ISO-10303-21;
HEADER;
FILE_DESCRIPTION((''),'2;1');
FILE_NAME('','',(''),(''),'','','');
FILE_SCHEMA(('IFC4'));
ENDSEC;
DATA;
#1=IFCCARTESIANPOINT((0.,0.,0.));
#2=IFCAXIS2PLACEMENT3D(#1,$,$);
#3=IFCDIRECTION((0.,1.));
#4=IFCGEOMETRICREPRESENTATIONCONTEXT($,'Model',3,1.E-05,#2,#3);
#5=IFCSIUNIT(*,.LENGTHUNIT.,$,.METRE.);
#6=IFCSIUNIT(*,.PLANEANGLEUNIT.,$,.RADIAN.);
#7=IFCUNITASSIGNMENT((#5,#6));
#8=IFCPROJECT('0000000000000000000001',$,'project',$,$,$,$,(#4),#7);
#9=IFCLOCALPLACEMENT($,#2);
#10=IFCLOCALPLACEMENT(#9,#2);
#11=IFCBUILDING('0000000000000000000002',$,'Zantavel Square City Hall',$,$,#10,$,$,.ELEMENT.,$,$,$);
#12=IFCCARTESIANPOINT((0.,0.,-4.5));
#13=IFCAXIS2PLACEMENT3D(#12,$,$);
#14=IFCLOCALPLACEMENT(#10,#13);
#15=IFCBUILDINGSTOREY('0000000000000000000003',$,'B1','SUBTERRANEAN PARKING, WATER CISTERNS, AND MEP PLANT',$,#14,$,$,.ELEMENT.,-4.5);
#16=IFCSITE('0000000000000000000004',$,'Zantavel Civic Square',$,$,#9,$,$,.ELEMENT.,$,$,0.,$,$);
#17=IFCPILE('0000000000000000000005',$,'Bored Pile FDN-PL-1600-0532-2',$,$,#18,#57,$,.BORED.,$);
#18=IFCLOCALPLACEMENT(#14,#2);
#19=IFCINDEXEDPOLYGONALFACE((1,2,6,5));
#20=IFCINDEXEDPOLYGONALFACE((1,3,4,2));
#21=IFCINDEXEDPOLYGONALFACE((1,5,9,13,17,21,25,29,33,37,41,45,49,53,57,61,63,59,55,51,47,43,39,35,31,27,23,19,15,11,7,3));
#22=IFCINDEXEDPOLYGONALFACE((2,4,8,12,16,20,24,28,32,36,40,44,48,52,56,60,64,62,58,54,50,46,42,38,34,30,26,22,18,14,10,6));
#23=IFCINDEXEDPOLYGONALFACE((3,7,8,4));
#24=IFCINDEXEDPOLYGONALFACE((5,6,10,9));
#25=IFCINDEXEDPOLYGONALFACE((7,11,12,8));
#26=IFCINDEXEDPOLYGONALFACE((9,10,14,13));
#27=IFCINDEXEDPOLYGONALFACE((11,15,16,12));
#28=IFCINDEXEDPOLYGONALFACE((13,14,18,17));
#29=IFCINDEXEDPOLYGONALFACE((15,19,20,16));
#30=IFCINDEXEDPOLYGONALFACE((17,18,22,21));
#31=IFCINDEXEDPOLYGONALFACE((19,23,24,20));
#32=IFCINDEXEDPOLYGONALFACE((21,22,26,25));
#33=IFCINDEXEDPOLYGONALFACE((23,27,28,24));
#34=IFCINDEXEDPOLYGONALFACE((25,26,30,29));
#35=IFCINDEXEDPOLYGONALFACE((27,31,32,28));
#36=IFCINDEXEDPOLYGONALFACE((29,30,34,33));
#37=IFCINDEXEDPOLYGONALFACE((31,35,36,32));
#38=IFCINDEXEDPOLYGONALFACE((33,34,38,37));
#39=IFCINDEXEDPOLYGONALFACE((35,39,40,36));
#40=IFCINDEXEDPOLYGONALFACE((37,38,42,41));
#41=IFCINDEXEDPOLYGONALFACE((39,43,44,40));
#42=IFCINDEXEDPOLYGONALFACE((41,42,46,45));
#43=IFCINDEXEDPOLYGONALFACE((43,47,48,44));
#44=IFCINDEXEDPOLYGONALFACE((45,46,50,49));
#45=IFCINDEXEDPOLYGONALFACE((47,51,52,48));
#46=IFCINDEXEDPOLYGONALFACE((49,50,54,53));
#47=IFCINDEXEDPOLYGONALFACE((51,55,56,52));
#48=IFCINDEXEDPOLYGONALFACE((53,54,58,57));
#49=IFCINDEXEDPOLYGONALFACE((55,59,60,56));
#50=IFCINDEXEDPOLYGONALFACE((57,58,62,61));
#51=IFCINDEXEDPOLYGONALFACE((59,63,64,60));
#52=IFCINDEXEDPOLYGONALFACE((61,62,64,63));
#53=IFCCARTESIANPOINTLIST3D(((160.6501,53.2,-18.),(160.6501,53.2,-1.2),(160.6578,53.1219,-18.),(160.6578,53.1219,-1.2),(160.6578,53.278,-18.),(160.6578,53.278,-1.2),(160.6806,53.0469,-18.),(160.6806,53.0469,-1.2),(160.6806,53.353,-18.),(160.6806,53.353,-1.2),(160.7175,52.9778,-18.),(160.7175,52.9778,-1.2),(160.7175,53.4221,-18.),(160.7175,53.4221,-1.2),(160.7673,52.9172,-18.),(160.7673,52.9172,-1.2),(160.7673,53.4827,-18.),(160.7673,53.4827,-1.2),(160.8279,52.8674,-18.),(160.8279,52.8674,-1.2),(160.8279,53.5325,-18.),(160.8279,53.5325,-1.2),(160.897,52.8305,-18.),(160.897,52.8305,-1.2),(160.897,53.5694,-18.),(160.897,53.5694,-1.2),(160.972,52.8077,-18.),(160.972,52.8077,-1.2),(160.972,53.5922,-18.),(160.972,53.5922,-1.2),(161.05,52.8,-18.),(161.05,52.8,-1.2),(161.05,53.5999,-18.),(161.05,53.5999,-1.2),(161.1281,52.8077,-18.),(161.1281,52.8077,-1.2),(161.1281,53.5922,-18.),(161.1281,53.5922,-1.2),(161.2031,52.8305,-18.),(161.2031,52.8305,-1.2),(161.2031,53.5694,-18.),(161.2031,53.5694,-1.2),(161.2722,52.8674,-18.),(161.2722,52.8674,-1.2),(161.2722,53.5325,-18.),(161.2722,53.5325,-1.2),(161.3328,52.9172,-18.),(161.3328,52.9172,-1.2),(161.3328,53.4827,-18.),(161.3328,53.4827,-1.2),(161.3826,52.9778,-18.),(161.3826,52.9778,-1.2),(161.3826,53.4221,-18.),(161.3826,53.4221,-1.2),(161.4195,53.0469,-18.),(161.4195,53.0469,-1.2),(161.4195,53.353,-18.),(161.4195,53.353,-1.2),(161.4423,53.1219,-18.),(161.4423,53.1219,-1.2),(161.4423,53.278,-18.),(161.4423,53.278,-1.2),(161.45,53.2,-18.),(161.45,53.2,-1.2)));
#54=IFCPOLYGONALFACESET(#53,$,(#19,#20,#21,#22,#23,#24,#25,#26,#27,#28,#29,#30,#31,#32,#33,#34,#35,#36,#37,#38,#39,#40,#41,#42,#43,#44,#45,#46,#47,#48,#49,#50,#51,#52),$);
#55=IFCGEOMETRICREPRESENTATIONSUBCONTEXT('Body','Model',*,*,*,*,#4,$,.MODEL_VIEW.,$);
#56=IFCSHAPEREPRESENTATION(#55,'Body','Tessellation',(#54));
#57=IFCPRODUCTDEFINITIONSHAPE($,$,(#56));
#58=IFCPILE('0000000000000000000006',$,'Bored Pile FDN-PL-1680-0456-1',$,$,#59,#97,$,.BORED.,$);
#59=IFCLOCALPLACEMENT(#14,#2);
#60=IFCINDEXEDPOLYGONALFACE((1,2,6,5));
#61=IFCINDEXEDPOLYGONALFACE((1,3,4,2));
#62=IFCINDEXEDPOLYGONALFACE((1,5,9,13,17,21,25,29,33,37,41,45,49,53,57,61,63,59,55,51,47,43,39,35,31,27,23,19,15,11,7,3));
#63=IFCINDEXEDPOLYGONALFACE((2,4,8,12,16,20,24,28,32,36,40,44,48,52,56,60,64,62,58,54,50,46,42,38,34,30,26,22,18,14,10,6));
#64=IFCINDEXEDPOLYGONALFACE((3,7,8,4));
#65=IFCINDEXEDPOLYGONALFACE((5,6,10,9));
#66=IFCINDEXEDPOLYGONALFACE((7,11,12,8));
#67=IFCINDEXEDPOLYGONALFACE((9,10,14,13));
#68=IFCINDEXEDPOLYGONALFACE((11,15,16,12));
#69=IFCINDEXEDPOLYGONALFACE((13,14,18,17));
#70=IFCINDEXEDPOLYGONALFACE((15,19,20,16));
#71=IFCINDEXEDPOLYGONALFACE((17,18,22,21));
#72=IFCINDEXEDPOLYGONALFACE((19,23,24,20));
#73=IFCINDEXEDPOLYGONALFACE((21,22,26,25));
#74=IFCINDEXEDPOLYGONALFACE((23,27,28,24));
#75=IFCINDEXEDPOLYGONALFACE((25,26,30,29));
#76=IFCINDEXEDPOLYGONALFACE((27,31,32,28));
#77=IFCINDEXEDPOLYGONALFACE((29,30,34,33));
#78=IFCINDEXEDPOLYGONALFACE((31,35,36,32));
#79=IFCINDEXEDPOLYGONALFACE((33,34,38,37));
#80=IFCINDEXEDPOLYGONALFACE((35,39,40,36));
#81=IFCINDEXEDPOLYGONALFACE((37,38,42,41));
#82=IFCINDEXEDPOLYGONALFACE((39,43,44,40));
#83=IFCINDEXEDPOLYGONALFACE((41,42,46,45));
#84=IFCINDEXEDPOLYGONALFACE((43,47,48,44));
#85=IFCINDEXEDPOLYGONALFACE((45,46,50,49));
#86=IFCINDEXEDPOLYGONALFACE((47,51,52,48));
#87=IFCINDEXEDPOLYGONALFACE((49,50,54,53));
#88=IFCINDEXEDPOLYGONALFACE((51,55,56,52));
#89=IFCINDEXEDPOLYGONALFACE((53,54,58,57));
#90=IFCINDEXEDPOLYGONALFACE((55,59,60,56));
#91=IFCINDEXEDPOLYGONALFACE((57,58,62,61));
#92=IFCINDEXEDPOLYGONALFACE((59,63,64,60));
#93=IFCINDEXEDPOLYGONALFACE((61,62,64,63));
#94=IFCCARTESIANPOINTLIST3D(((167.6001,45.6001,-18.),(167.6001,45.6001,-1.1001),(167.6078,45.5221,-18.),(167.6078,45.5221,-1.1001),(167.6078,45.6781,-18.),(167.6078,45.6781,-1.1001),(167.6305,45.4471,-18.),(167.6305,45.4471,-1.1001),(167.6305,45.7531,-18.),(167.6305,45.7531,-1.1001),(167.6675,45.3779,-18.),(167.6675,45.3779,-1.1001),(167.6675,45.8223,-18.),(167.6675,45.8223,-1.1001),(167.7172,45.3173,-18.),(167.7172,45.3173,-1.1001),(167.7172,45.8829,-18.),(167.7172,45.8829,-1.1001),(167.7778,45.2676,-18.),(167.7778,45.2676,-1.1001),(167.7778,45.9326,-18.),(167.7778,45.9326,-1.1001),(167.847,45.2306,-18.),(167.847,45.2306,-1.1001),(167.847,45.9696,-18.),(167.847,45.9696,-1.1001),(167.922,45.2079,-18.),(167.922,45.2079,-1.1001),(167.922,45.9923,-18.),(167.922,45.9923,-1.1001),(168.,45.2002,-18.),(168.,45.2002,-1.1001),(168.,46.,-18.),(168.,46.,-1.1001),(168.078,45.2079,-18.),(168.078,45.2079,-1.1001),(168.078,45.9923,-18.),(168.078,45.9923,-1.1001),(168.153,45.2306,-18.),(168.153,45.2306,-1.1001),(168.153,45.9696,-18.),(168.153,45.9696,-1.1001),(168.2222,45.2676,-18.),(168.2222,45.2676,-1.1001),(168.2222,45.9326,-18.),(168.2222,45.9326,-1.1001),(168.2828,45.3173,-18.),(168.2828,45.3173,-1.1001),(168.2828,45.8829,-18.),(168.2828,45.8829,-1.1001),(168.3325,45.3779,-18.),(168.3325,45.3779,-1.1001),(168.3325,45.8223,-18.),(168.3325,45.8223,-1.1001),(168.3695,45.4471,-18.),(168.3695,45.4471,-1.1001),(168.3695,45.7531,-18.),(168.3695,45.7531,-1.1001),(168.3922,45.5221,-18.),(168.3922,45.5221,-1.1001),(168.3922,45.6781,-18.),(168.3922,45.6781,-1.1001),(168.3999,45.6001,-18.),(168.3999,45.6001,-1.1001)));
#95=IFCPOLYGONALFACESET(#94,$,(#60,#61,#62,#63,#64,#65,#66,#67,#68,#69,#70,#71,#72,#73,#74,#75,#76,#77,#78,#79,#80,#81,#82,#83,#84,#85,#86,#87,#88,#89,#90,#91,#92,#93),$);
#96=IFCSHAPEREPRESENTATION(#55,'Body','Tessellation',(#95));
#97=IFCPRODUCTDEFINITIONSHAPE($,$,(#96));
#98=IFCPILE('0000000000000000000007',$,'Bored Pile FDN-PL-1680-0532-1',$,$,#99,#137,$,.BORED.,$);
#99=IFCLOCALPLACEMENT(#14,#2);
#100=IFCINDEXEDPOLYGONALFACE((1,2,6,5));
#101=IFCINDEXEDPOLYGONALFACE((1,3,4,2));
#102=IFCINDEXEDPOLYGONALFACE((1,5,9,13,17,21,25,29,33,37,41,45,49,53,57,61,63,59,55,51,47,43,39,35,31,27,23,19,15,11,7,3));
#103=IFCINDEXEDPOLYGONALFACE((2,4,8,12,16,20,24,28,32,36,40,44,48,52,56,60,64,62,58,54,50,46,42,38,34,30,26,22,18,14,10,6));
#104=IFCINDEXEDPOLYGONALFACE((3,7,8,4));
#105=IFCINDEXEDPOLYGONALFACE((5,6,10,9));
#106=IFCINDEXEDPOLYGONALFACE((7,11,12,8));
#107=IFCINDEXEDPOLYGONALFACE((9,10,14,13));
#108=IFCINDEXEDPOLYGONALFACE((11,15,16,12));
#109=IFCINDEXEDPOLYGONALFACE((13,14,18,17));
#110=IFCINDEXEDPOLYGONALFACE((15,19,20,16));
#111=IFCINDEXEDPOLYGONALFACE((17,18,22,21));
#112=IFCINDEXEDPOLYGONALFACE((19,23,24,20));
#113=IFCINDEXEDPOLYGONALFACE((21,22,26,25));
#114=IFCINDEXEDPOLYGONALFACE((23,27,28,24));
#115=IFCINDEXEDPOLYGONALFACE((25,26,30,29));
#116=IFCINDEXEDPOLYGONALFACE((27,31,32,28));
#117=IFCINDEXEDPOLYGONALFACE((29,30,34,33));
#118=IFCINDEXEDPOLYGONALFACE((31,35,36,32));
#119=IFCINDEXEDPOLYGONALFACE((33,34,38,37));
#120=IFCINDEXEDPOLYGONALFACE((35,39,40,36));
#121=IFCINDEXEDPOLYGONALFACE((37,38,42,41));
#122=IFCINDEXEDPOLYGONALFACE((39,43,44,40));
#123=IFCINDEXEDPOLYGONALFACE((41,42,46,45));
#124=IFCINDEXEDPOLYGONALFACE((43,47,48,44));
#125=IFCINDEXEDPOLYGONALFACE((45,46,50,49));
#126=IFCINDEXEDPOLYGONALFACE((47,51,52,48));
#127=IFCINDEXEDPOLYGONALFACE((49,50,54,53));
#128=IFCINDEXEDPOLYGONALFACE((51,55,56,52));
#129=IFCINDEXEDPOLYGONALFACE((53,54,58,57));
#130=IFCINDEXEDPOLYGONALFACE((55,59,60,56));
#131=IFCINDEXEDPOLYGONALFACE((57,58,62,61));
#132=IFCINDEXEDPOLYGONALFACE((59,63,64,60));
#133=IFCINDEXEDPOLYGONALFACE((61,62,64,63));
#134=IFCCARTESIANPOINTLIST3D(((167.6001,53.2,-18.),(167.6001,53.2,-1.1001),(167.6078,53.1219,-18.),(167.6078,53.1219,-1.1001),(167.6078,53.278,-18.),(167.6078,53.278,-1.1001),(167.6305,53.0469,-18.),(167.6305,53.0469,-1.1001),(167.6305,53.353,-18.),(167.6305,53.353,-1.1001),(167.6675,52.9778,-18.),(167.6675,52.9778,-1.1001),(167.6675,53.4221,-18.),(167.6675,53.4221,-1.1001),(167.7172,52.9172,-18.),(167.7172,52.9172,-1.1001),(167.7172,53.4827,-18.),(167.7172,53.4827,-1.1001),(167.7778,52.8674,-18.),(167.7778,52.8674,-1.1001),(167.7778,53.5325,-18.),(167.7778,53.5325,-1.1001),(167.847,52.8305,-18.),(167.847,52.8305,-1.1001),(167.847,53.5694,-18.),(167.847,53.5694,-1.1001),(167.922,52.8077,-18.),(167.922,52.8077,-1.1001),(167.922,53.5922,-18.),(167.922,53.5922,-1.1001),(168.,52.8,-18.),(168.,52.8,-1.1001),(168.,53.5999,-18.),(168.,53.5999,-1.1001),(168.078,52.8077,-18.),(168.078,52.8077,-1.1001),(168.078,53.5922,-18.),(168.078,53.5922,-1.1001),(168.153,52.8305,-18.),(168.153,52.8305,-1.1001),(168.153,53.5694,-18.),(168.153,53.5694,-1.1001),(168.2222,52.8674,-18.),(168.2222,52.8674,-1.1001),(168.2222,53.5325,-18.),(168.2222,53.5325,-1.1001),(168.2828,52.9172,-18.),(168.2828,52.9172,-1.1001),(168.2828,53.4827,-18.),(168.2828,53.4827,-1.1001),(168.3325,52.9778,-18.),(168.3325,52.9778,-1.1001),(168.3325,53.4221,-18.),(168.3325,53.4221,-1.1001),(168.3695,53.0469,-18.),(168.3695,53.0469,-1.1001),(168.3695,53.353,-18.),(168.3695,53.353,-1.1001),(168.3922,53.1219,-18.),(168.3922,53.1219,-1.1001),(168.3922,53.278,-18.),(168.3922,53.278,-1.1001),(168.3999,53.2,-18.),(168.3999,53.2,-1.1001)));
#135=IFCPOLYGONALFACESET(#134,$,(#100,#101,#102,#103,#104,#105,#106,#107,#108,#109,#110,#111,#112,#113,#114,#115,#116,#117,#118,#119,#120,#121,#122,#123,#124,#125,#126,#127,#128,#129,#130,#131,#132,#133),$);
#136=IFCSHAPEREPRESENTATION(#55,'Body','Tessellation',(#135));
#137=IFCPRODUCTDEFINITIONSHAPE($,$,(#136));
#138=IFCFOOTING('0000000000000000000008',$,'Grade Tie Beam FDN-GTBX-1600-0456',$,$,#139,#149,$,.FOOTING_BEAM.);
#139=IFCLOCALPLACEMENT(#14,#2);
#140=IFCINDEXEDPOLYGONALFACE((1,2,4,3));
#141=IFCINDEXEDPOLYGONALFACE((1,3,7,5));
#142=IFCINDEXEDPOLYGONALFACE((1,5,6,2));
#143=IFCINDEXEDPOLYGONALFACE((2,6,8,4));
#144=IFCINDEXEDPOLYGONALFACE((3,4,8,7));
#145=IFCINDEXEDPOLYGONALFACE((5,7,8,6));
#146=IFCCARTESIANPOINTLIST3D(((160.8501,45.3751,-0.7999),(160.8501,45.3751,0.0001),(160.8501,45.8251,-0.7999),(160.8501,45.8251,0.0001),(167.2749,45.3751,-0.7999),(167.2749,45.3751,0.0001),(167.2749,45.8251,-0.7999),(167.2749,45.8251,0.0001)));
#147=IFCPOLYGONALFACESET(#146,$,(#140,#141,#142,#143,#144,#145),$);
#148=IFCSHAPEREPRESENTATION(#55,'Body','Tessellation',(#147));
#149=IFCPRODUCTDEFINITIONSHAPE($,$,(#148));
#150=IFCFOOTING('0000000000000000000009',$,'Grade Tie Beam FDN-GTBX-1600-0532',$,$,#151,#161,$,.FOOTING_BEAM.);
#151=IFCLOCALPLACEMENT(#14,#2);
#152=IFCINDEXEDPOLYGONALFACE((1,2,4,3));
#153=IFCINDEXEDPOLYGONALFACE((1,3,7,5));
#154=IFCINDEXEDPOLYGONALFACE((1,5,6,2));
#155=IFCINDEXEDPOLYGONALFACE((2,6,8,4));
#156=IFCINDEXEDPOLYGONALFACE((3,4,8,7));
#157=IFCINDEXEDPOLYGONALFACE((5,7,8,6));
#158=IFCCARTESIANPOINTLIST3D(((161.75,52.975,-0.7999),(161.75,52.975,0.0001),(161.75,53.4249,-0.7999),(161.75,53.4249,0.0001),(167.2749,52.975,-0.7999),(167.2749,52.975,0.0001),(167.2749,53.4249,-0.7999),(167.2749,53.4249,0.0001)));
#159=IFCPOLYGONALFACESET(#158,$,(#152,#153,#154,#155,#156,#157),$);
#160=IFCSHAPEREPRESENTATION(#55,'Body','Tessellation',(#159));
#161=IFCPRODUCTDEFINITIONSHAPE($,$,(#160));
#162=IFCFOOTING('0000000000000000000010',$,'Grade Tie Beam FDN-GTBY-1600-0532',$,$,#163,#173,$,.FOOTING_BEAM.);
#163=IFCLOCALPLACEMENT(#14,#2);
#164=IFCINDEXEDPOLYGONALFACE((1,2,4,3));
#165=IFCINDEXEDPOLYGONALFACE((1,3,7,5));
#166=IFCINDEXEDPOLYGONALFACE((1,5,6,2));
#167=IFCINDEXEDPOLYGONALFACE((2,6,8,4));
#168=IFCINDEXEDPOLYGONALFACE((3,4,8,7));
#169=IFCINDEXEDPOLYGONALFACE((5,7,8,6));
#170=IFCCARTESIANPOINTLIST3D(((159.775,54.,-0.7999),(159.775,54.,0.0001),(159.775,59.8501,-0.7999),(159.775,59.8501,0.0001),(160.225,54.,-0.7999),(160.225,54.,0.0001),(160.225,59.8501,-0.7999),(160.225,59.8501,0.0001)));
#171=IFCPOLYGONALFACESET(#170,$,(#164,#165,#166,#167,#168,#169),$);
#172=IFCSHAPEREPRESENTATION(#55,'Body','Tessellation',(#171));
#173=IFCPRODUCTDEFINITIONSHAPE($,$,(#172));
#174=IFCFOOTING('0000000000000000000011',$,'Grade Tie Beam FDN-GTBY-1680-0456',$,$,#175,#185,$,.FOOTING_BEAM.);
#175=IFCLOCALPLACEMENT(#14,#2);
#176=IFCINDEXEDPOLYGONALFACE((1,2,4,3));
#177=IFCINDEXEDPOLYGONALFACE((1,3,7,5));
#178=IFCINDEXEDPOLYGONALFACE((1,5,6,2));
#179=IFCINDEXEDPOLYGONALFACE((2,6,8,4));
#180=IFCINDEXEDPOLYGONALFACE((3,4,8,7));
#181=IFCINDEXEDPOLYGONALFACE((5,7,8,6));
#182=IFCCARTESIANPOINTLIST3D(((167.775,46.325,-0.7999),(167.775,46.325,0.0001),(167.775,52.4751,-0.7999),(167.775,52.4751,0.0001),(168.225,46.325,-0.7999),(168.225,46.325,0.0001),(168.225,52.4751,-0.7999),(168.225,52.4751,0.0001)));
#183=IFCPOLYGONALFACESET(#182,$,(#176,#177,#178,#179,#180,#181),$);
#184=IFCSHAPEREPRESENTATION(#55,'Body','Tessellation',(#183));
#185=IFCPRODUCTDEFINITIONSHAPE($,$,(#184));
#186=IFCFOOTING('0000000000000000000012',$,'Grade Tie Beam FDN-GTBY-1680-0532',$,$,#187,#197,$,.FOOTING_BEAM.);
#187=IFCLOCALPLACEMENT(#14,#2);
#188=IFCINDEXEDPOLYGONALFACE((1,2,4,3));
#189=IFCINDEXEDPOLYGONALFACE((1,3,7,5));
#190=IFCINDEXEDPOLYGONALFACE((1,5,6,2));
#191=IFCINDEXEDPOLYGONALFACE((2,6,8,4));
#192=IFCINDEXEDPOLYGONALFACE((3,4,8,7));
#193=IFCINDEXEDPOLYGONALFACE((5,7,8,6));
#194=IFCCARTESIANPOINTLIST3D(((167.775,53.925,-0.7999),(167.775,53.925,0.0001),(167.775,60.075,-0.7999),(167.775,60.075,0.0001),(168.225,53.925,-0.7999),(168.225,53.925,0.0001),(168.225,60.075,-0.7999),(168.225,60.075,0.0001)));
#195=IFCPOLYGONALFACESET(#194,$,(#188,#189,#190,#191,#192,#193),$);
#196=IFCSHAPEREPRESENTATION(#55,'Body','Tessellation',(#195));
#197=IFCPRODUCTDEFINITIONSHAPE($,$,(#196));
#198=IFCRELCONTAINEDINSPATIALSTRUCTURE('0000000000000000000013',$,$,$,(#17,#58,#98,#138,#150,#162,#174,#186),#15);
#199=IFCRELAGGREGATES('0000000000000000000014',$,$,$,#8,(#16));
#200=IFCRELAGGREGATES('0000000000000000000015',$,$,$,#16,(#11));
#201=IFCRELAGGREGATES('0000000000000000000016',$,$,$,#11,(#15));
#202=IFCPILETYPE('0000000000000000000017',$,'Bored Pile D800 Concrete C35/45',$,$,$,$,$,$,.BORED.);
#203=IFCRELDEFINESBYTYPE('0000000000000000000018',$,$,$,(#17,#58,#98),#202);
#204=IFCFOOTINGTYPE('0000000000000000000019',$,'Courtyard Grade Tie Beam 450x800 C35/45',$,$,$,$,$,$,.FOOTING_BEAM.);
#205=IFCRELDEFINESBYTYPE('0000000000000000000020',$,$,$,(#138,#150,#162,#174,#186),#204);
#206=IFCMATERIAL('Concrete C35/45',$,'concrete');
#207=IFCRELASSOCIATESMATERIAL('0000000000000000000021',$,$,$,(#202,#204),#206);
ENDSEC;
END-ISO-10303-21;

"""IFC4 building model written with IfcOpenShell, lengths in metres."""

from ifc_helpers import new_model, si_unit, direction, frame, origin, origin_2d, place, context, subcontext, project, spatial, rectangle, circle, extrude, material, material_profile, profile_set, type_object, element, save


model = new_model("IFC4")

# Units and contexts
model_context = context("Model", 3, precision=1e-05, world=origin(), true_north=direction((0.0, 1.0)))
body_context = subcontext(model_context, "Body", "Model", "MODEL_VIEW")
ifc_project = project(units=[si_unit("LENGTHUNIT", "METRE"), si_unit("PLANEANGLEUNIT", "RADIAN")], contexts=[model_context])

# Site, building, storey
site_placement = place(None, origin())
site = spatial("IfcSite", under=ifc_project, at=site_placement, Name="Zantavel Civic Square", CompositionType="ELEMENT", RefElevation=0.0)
building_placement = place(site_placement, origin())
building = spatial("IfcBuilding", under=site, at=building_placement, Name="Zantavel Square City Hall", CompositionType="ELEMENT")
storey_placement = place(building_placement, frame((0.0, 0.0, -4.5)))
storey = spatial("IfcBuildingStorey", under=building, at=storey_placement, Name="B1", Description="SUBTERRANEAN PARKING, WATER CISTERNS, AND MEP PLANT", CompositionType="ELEMENT", Elevation=-4.5)

# Piles
ifc_material_1 = material(Name="Concrete C35/45", Category="concrete")
ifc_material_profile_1 = material_profile(ifc_material_1, circle(Radius=0.3999, at=origin_2d()), Name="PILE D800")
ifc_profile_set_1 = profile_set([ifc_material_profile_1], Name="Concrete C35/45")
pile_type = type_object("IfcPileType", Name="Bored Pile D800 Concrete C35/45", PredefinedType="BORED", material=ifc_profile_set_1)
pile_placement = place(storey_placement, frame((161.05, 53.2, -1.2), z_axis=(0.0, 0.0, -1.0), x_axis=(1.0, 0.0, 0.0)))
element("IfcPile", 1, at=pile_placement, inside=storey, type_object=pile_type, Name="Bored Pile FDN-PL-1600-0532-2", PredefinedType="BORED", context=body_context, shape_type="SweptSolid", body=[
    extrude(circle(Radius=0.3999, at=origin_2d()), origin(), (0.0, 0.0, 1.0), 16.8),
])
for number, where, z_axis, x_axis, name in (
    (2, (168.0, 45.6001, -1.1001), (0.0, 0.0, -1.0), (1.0, 0.0, 0.0), "Bored Pile FDN-PL-1680-0456-1"),
    (3, (168.0, 53.2, -1.1001), (0.0, 0.0, -1.0), (1.0, 0.0, 0.0), "Bored Pile FDN-PL-1680-0532-1"),
):
    element("IfcPile", number, at=place(storey_placement, frame(where, z_axis=z_axis, x_axis=x_axis)), inside=storey, type_object=pile_type, Name=name, PredefinedType="BORED", context=body_context, shape_type="SweptSolid", body=[
        extrude(circle(Radius=0.3999, at=origin_2d()), origin(), (0.0, 0.0, 1.0), 16.8999),
    ])

# Footings
ifc_material_profile_2 = material_profile(ifc_material_1, rectangle(XDim=0.45, YDim=0.8, at=origin_2d()), Name="RC 450x800")
ifc_profile_set_2 = profile_set([ifc_material_profile_2], Name="Concrete C35/45")
footing_type_1 = type_object("IfcFootingType", Name="Courtyard Grade Tie Beam 450x800 C35/45", PredefinedType="FOOTING_BEAM", material=ifc_profile_set_2)
footing_1_placement = place(storey_placement, frame((160.8501, 45.6001, -0.3999), z_axis=(1.0, 0.0, 0.0), x_axis=(0.0, 1.0, 0.0)))
element("IfcFooting", 4, at=footing_1_placement, inside=storey, type_object=footing_type_1, Name="Grade Tie Beam FDN-GTBX-1600-0456", PredefinedType="FOOTING_BEAM", context=body_context, shape_type="SweptSolid", body=[
    extrude(rectangle(XDim=0.45, YDim=0.8, at=origin_2d()), origin(), (0.0, 0.0, 1.0), 6.4248),
])
footing_2_placement = place(storey_placement, frame((161.75, 53.2, -0.3999), z_axis=(1.0, 0.0, 0.0), x_axis=(0.0, 1.0, 0.0)))
element("IfcFooting", 5, at=footing_2_placement, inside=storey, type_object=footing_type_1, Name="Grade Tie Beam FDN-GTBX-1600-0532", PredefinedType="FOOTING_BEAM", context=body_context, shape_type="SweptSolid", body=[
    extrude(rectangle(XDim=0.45, YDim=0.8, at=origin_2d()), origin(), (0.0, 0.0, 1.0), 5.5249),
])
footing_3_placement = place(storey_placement, frame((160.0, 54.0, -0.3999), z_axis=(0.0, 1.0, 0.0), x_axis=(-1.0, 0.0, 0.0)))
element("IfcFooting", 6, at=footing_3_placement, inside=storey, type_object=footing_type_1, Name="Grade Tie Beam FDN-GTBY-1600-0532", PredefinedType="FOOTING_BEAM", context=body_context, shape_type="SweptSolid", body=[
    extrude(rectangle(XDim=0.45, YDim=0.8, at=origin_2d()), origin(), (0.0, 0.0, 1.0), 5.8501),
])
footing_4_placement = place(storey_placement, frame((168.0, 46.325, -0.3999), z_axis=(0.0, 1.0, 0.0), x_axis=(-1.0, 0.0, 0.0)))
element("IfcFooting", 7, at=footing_4_placement, inside=storey, type_object=footing_type_1, Name="Grade Tie Beam FDN-GTBY-1680-0456", PredefinedType="FOOTING_BEAM", context=body_context, shape_type="SweptSolid", body=[
    extrude(rectangle(XDim=0.45, YDim=0.8, at=origin_2d()), origin(), (0.0, 0.0, 1.0), 6.1501),
])
footing_5_placement = place(storey_placement, frame((168.0, 53.925, -0.3999), z_axis=(0.0, 1.0, 0.0), x_axis=(-1.0, 0.0, 0.0)))
element("IfcFooting", 8, at=footing_5_placement, inside=storey, type_object=footing_type_1, Name="Grade Tie Beam FDN-GTBY-1680-0532", PredefinedType="FOOTING_BEAM", context=body_context, shape_type="SweptSolid", body=[
    extrude(rectangle(XDim=0.45, YDim=0.8, at=origin_2d()), origin(), (0.0, 0.0, 1.0), 6.1499),
])

save(model, "model.ifc")
